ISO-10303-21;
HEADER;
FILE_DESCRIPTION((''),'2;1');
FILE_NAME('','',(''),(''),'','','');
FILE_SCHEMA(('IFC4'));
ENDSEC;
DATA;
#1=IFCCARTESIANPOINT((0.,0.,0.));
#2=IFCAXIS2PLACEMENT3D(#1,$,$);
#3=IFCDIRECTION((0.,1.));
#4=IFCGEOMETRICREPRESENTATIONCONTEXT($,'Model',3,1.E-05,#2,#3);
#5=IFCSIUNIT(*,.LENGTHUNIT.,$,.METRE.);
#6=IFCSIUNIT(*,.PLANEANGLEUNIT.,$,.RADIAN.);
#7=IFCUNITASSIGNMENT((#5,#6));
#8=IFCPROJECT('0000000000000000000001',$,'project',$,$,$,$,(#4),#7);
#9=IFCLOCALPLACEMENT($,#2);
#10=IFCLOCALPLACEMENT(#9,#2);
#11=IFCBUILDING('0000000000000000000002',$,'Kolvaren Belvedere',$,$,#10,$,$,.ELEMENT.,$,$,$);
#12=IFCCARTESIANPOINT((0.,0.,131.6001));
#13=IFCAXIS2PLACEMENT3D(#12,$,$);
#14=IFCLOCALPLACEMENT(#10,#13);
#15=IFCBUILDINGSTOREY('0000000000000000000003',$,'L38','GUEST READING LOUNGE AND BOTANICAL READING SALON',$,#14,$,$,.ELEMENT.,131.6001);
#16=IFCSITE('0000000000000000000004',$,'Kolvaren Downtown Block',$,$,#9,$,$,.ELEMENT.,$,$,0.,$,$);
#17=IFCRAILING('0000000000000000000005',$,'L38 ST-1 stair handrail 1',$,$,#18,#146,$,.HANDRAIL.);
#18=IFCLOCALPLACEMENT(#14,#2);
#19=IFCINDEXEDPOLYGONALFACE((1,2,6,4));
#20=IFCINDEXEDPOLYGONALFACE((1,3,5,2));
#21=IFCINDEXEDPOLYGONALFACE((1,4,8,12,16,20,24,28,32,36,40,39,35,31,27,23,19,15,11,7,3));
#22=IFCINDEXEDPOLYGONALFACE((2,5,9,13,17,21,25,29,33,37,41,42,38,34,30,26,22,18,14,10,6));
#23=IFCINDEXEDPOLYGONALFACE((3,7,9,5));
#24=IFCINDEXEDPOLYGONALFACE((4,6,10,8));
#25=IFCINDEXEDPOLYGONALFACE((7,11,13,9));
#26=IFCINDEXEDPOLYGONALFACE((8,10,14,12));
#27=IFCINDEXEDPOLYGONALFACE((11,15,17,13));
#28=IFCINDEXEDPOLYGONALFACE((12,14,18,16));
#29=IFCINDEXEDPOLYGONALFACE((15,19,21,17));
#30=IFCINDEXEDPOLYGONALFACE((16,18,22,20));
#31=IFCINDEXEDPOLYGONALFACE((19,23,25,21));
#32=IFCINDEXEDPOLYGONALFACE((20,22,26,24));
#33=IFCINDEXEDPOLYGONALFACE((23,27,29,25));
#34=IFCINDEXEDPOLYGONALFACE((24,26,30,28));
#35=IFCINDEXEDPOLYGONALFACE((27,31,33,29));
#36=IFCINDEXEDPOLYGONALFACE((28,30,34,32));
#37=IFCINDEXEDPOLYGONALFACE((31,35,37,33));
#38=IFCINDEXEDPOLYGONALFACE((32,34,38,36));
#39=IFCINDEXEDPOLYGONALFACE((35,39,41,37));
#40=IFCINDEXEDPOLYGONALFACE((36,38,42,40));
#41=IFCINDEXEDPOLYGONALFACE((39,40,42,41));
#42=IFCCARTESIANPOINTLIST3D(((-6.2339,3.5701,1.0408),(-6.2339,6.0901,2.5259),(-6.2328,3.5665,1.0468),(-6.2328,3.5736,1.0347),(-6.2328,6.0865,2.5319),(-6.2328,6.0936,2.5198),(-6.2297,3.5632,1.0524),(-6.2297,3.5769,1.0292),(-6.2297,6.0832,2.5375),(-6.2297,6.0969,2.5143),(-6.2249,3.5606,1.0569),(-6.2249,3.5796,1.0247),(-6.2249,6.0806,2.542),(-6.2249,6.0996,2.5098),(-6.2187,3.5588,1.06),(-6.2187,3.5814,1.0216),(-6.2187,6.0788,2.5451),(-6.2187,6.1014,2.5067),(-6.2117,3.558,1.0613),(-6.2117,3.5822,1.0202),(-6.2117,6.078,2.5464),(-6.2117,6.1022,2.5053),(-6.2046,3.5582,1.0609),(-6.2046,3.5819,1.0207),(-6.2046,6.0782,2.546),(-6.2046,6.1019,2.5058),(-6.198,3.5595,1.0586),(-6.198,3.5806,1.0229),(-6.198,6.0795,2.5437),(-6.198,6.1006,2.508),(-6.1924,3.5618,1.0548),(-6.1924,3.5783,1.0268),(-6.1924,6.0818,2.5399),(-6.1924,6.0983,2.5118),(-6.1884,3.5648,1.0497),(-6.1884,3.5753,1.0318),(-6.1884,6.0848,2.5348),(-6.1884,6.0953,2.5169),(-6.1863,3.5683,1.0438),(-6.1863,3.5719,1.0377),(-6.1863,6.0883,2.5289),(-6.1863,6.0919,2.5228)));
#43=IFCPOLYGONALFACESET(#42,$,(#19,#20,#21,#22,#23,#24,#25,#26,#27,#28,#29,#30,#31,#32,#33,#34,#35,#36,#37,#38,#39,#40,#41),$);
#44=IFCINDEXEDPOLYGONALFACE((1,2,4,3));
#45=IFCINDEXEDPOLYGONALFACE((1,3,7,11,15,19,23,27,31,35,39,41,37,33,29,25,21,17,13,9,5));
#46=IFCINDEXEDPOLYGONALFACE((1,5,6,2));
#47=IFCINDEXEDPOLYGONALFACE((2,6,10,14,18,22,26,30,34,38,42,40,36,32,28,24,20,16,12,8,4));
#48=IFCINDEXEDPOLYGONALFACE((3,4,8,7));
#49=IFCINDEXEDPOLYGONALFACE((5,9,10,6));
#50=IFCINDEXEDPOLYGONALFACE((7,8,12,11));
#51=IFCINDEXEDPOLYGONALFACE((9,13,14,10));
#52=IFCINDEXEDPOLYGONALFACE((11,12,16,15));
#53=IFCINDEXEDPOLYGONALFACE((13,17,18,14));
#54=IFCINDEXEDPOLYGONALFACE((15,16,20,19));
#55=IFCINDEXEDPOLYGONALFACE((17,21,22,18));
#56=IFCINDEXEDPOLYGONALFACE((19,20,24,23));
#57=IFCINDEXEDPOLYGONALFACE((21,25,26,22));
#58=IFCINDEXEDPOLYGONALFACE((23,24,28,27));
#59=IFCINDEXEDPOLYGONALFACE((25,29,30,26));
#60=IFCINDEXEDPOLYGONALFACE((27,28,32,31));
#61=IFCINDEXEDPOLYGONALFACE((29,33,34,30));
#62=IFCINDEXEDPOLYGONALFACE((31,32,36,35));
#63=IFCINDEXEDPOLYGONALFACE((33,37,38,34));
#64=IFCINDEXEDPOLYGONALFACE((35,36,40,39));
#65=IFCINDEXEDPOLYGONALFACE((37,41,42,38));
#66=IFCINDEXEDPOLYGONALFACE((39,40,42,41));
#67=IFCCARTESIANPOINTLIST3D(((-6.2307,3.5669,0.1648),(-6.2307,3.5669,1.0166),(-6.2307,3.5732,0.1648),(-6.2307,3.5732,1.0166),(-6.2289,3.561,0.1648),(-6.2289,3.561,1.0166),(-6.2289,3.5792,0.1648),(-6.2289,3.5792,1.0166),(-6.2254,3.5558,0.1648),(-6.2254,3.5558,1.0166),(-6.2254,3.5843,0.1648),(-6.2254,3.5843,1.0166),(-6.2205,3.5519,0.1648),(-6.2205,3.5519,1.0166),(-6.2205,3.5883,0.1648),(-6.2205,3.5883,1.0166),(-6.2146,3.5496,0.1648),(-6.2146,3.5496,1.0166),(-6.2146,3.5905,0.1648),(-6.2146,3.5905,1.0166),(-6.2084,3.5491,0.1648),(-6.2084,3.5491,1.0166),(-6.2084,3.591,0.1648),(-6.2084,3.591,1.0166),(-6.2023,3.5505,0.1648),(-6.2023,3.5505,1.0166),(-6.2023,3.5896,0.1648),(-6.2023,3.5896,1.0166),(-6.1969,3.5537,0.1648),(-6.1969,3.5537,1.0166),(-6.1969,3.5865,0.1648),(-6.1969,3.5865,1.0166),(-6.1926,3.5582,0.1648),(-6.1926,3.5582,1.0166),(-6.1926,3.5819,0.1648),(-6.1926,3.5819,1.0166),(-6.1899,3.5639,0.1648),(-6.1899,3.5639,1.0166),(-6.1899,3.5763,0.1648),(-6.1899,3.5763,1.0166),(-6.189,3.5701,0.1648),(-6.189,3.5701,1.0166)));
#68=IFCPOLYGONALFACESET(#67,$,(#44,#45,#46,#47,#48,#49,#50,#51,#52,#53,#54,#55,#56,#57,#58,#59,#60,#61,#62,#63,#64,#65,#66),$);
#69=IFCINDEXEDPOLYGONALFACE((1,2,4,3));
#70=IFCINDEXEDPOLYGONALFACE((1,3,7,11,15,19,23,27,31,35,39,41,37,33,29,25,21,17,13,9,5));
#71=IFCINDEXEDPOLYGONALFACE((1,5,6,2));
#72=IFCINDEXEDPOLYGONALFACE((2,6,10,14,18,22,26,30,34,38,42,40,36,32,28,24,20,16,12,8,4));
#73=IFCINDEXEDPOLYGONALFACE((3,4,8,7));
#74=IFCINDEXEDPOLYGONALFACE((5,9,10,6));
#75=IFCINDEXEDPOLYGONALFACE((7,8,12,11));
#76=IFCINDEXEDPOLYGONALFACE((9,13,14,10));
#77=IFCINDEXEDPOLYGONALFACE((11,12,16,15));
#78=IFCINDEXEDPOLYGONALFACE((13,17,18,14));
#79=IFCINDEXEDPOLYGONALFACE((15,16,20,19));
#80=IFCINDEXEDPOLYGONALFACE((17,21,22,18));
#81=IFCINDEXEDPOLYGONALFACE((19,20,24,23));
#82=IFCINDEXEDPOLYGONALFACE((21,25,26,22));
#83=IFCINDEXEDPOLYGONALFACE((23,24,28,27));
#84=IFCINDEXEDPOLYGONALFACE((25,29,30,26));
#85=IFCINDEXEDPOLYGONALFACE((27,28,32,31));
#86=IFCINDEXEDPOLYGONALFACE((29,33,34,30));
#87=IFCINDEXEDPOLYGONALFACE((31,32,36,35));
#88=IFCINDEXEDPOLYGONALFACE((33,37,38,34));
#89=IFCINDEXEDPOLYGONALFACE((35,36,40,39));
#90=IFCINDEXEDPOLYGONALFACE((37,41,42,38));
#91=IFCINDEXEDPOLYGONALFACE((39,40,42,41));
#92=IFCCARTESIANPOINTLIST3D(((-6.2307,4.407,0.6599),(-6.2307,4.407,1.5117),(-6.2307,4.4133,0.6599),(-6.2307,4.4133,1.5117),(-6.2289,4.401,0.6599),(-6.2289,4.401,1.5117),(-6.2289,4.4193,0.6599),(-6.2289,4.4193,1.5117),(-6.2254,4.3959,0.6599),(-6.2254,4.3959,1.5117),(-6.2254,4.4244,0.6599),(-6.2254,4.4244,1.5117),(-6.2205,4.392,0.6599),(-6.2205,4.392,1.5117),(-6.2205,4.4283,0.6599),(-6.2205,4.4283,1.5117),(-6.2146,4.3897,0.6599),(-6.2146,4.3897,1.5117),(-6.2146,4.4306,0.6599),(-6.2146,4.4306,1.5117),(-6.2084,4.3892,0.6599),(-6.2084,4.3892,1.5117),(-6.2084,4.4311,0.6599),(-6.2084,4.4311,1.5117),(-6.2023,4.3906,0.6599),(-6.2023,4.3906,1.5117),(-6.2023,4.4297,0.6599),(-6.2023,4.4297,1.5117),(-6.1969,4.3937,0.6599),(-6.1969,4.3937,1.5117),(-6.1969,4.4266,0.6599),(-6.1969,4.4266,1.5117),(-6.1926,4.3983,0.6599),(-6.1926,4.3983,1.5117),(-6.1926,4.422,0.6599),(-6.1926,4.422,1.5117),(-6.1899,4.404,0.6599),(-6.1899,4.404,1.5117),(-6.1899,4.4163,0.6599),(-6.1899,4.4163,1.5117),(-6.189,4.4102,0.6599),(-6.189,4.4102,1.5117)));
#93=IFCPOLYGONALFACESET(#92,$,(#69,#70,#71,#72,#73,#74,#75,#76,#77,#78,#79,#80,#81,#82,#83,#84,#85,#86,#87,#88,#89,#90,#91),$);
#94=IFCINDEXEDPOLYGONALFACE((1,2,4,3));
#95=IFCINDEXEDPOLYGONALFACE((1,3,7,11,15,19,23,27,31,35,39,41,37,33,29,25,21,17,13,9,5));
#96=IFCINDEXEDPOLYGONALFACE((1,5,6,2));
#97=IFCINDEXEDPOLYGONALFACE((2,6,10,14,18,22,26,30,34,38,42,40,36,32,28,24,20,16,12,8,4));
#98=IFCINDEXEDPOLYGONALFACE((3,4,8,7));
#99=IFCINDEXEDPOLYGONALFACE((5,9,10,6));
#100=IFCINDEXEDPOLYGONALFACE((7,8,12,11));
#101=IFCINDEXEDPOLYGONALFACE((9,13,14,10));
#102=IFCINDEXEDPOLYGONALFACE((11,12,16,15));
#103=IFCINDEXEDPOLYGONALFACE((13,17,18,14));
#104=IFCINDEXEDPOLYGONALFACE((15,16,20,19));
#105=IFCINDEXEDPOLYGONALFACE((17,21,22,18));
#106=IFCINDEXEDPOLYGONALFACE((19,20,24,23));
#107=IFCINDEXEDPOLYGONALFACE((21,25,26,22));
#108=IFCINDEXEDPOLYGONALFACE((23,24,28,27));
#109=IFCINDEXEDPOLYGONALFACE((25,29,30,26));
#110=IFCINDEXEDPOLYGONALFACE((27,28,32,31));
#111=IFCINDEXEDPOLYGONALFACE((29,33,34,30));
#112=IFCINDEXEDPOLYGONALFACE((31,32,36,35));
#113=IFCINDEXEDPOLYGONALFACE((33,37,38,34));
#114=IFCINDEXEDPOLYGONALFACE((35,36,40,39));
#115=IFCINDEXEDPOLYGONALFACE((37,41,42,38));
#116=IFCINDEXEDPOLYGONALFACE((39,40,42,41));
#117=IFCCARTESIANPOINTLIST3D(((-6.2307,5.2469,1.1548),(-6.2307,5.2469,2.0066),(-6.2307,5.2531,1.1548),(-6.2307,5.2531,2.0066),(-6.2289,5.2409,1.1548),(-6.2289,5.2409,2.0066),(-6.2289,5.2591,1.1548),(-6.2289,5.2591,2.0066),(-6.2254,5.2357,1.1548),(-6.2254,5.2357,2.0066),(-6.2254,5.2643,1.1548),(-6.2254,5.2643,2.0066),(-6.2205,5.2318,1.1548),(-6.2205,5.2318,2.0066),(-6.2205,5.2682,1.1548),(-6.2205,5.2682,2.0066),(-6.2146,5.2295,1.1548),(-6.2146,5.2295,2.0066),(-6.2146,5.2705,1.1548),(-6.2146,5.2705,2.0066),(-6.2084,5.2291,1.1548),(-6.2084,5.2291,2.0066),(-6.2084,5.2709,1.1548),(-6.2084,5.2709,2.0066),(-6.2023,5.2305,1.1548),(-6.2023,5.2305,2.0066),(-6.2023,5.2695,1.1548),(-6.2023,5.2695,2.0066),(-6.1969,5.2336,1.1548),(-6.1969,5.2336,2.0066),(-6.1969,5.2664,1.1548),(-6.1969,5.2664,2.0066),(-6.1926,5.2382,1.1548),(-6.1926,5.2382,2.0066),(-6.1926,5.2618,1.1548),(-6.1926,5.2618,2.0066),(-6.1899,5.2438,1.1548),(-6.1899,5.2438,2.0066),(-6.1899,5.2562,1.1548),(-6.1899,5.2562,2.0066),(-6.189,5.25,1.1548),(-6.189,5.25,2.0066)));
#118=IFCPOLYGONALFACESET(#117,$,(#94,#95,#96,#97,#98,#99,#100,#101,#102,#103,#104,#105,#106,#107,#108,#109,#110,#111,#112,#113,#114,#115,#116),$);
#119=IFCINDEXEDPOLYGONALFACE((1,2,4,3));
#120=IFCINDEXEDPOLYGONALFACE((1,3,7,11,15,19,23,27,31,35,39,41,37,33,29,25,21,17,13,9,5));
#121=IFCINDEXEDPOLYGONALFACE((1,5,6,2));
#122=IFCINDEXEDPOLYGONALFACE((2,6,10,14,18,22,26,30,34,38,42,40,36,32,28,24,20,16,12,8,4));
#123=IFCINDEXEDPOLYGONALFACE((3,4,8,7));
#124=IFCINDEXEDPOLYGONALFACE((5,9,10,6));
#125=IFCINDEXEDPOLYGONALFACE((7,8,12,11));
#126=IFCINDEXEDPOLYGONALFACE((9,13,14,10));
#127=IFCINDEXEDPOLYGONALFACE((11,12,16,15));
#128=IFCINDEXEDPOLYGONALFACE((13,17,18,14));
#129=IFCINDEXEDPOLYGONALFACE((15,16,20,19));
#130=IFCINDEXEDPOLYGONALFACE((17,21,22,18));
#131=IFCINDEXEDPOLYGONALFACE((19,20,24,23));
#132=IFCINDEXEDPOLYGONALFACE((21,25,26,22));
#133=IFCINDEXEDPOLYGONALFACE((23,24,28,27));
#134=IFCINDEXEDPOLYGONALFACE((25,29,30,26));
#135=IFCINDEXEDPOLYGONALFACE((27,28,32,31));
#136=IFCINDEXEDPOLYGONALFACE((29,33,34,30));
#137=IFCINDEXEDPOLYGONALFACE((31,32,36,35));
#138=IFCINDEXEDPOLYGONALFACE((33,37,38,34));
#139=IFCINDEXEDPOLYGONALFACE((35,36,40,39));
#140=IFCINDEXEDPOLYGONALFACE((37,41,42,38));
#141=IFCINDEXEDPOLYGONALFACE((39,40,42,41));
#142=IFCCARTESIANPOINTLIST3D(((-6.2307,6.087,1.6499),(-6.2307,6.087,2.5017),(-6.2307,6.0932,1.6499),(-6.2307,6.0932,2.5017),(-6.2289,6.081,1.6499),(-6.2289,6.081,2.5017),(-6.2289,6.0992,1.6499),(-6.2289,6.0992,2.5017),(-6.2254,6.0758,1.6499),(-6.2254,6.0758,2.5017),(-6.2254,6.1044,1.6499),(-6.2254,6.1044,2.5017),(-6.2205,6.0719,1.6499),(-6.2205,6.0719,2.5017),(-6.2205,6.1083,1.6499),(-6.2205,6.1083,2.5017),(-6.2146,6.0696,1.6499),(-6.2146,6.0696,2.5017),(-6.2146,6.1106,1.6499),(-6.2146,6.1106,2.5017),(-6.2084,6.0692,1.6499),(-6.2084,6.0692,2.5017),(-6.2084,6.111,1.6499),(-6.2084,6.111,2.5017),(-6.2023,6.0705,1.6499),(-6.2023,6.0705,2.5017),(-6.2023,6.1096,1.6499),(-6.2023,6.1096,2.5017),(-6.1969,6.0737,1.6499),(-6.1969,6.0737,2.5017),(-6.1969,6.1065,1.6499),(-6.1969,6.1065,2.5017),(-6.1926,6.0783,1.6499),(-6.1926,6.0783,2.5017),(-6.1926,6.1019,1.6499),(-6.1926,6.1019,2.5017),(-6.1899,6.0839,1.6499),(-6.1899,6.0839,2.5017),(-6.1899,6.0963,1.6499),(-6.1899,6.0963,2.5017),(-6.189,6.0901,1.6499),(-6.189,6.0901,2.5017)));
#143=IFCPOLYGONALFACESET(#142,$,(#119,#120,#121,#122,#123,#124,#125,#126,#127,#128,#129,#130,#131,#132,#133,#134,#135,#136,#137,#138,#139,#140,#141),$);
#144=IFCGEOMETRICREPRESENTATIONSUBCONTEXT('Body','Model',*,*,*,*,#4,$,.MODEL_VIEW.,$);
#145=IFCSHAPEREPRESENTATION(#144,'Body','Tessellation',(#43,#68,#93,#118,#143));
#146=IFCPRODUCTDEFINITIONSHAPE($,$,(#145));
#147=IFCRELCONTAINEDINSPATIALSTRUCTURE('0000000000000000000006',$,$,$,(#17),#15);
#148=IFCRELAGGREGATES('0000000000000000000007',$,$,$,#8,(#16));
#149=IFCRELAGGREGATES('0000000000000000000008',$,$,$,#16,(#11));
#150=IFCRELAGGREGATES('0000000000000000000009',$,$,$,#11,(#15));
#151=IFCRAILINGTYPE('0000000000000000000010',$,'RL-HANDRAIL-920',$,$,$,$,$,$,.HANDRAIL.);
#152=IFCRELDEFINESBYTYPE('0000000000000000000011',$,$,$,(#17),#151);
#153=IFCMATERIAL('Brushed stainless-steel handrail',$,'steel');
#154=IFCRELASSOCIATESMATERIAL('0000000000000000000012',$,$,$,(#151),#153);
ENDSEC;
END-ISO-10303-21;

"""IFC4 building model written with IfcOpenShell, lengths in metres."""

from ifc_helpers import new_model, si_unit, direction, frame, origin, origin_2d, place, context, subcontext, project, spatial, circle, extrude, material, type_object, element, save


model = new_model("IFC4")

# Units and contexts
model_context = context("Model", 3, precision=1e-05, world=origin(), true_north=direction((0.0, 1.0)))
body_context = subcontext(model_context, "Body", "Model", "MODEL_VIEW")
ifc_project = project(units=[si_unit("LENGTHUNIT", "METRE"), si_unit("PLANEANGLEUNIT", "RADIAN")], contexts=[model_context])

# Site, building, storey
site_placement = place(None, origin())
site = spatial("IfcSite", under=ifc_project, at=site_placement, Name="Kolvaren Downtown Block", CompositionType="ELEMENT", RefElevation=0.0)
building_placement = place(site_placement, origin())
building = spatial("IfcBuilding", under=site, at=building_placement, Name="Kolvaren Belvedere", CompositionType="ELEMENT")
storey_placement = place(building_placement, frame((0.0, 0.0, 131.6001)))
storey = spatial("IfcBuildingStorey", under=building, at=storey_placement, Name="L38", Description="GUEST READING LOUNGE AND BOTANICAL READING SALON", CompositionType="ELEMENT", Elevation=131.6001)

# Railing
ifc_material_1 = material(Name="Brushed stainless-steel handrail", Category="steel")
railing_type_1 = type_object("IfcRailingType", Name="RL-HANDRAIL-920", PredefinedType="HANDRAIL", material=ifc_material_1)
railing_1_placement = place(storey_placement, frame((-6.21, 3.5701, 0.1648)))
element("IfcRailing", 1, at=railing_1_placement, inside=storey, type_object=railing_type_1, Name="L38 ST-1 stair handrail 1", PredefinedType="HANDRAIL", context=body_context, shape_type="SweptSolid", body=[
    extrude(circle(Radius=0.0239, at=origin_2d()), frame((0.0, 0.0, 0.876), z_axis=(0.0, 0.861524, 0.507717), x_axis=(-1.0, 0.0, 0.0)), (0.0, 0.0, 1.0), 2.925),
    extrude(circle(Radius=0.021, at=origin_2d()), origin(), (0.0, 0.0, 1.0), 0.8518),
    extrude(circle(Radius=0.021, at=origin_2d()), frame((0.0, 0.8401, 0.4951)), (0.0, 0.0, 1.0), 0.8518),
    extrude(circle(Radius=0.021, at=origin_2d()), frame((0.0, 1.6799, 0.99)), (0.0, 0.0, 1.0), 0.8518),
    extrude(circle(Radius=0.021, at=origin_2d()), frame((0.0, 2.52, 1.4851)), (0.0, 0.0, 1.0), 0.8518),
])

save(model, "model.ifc")
